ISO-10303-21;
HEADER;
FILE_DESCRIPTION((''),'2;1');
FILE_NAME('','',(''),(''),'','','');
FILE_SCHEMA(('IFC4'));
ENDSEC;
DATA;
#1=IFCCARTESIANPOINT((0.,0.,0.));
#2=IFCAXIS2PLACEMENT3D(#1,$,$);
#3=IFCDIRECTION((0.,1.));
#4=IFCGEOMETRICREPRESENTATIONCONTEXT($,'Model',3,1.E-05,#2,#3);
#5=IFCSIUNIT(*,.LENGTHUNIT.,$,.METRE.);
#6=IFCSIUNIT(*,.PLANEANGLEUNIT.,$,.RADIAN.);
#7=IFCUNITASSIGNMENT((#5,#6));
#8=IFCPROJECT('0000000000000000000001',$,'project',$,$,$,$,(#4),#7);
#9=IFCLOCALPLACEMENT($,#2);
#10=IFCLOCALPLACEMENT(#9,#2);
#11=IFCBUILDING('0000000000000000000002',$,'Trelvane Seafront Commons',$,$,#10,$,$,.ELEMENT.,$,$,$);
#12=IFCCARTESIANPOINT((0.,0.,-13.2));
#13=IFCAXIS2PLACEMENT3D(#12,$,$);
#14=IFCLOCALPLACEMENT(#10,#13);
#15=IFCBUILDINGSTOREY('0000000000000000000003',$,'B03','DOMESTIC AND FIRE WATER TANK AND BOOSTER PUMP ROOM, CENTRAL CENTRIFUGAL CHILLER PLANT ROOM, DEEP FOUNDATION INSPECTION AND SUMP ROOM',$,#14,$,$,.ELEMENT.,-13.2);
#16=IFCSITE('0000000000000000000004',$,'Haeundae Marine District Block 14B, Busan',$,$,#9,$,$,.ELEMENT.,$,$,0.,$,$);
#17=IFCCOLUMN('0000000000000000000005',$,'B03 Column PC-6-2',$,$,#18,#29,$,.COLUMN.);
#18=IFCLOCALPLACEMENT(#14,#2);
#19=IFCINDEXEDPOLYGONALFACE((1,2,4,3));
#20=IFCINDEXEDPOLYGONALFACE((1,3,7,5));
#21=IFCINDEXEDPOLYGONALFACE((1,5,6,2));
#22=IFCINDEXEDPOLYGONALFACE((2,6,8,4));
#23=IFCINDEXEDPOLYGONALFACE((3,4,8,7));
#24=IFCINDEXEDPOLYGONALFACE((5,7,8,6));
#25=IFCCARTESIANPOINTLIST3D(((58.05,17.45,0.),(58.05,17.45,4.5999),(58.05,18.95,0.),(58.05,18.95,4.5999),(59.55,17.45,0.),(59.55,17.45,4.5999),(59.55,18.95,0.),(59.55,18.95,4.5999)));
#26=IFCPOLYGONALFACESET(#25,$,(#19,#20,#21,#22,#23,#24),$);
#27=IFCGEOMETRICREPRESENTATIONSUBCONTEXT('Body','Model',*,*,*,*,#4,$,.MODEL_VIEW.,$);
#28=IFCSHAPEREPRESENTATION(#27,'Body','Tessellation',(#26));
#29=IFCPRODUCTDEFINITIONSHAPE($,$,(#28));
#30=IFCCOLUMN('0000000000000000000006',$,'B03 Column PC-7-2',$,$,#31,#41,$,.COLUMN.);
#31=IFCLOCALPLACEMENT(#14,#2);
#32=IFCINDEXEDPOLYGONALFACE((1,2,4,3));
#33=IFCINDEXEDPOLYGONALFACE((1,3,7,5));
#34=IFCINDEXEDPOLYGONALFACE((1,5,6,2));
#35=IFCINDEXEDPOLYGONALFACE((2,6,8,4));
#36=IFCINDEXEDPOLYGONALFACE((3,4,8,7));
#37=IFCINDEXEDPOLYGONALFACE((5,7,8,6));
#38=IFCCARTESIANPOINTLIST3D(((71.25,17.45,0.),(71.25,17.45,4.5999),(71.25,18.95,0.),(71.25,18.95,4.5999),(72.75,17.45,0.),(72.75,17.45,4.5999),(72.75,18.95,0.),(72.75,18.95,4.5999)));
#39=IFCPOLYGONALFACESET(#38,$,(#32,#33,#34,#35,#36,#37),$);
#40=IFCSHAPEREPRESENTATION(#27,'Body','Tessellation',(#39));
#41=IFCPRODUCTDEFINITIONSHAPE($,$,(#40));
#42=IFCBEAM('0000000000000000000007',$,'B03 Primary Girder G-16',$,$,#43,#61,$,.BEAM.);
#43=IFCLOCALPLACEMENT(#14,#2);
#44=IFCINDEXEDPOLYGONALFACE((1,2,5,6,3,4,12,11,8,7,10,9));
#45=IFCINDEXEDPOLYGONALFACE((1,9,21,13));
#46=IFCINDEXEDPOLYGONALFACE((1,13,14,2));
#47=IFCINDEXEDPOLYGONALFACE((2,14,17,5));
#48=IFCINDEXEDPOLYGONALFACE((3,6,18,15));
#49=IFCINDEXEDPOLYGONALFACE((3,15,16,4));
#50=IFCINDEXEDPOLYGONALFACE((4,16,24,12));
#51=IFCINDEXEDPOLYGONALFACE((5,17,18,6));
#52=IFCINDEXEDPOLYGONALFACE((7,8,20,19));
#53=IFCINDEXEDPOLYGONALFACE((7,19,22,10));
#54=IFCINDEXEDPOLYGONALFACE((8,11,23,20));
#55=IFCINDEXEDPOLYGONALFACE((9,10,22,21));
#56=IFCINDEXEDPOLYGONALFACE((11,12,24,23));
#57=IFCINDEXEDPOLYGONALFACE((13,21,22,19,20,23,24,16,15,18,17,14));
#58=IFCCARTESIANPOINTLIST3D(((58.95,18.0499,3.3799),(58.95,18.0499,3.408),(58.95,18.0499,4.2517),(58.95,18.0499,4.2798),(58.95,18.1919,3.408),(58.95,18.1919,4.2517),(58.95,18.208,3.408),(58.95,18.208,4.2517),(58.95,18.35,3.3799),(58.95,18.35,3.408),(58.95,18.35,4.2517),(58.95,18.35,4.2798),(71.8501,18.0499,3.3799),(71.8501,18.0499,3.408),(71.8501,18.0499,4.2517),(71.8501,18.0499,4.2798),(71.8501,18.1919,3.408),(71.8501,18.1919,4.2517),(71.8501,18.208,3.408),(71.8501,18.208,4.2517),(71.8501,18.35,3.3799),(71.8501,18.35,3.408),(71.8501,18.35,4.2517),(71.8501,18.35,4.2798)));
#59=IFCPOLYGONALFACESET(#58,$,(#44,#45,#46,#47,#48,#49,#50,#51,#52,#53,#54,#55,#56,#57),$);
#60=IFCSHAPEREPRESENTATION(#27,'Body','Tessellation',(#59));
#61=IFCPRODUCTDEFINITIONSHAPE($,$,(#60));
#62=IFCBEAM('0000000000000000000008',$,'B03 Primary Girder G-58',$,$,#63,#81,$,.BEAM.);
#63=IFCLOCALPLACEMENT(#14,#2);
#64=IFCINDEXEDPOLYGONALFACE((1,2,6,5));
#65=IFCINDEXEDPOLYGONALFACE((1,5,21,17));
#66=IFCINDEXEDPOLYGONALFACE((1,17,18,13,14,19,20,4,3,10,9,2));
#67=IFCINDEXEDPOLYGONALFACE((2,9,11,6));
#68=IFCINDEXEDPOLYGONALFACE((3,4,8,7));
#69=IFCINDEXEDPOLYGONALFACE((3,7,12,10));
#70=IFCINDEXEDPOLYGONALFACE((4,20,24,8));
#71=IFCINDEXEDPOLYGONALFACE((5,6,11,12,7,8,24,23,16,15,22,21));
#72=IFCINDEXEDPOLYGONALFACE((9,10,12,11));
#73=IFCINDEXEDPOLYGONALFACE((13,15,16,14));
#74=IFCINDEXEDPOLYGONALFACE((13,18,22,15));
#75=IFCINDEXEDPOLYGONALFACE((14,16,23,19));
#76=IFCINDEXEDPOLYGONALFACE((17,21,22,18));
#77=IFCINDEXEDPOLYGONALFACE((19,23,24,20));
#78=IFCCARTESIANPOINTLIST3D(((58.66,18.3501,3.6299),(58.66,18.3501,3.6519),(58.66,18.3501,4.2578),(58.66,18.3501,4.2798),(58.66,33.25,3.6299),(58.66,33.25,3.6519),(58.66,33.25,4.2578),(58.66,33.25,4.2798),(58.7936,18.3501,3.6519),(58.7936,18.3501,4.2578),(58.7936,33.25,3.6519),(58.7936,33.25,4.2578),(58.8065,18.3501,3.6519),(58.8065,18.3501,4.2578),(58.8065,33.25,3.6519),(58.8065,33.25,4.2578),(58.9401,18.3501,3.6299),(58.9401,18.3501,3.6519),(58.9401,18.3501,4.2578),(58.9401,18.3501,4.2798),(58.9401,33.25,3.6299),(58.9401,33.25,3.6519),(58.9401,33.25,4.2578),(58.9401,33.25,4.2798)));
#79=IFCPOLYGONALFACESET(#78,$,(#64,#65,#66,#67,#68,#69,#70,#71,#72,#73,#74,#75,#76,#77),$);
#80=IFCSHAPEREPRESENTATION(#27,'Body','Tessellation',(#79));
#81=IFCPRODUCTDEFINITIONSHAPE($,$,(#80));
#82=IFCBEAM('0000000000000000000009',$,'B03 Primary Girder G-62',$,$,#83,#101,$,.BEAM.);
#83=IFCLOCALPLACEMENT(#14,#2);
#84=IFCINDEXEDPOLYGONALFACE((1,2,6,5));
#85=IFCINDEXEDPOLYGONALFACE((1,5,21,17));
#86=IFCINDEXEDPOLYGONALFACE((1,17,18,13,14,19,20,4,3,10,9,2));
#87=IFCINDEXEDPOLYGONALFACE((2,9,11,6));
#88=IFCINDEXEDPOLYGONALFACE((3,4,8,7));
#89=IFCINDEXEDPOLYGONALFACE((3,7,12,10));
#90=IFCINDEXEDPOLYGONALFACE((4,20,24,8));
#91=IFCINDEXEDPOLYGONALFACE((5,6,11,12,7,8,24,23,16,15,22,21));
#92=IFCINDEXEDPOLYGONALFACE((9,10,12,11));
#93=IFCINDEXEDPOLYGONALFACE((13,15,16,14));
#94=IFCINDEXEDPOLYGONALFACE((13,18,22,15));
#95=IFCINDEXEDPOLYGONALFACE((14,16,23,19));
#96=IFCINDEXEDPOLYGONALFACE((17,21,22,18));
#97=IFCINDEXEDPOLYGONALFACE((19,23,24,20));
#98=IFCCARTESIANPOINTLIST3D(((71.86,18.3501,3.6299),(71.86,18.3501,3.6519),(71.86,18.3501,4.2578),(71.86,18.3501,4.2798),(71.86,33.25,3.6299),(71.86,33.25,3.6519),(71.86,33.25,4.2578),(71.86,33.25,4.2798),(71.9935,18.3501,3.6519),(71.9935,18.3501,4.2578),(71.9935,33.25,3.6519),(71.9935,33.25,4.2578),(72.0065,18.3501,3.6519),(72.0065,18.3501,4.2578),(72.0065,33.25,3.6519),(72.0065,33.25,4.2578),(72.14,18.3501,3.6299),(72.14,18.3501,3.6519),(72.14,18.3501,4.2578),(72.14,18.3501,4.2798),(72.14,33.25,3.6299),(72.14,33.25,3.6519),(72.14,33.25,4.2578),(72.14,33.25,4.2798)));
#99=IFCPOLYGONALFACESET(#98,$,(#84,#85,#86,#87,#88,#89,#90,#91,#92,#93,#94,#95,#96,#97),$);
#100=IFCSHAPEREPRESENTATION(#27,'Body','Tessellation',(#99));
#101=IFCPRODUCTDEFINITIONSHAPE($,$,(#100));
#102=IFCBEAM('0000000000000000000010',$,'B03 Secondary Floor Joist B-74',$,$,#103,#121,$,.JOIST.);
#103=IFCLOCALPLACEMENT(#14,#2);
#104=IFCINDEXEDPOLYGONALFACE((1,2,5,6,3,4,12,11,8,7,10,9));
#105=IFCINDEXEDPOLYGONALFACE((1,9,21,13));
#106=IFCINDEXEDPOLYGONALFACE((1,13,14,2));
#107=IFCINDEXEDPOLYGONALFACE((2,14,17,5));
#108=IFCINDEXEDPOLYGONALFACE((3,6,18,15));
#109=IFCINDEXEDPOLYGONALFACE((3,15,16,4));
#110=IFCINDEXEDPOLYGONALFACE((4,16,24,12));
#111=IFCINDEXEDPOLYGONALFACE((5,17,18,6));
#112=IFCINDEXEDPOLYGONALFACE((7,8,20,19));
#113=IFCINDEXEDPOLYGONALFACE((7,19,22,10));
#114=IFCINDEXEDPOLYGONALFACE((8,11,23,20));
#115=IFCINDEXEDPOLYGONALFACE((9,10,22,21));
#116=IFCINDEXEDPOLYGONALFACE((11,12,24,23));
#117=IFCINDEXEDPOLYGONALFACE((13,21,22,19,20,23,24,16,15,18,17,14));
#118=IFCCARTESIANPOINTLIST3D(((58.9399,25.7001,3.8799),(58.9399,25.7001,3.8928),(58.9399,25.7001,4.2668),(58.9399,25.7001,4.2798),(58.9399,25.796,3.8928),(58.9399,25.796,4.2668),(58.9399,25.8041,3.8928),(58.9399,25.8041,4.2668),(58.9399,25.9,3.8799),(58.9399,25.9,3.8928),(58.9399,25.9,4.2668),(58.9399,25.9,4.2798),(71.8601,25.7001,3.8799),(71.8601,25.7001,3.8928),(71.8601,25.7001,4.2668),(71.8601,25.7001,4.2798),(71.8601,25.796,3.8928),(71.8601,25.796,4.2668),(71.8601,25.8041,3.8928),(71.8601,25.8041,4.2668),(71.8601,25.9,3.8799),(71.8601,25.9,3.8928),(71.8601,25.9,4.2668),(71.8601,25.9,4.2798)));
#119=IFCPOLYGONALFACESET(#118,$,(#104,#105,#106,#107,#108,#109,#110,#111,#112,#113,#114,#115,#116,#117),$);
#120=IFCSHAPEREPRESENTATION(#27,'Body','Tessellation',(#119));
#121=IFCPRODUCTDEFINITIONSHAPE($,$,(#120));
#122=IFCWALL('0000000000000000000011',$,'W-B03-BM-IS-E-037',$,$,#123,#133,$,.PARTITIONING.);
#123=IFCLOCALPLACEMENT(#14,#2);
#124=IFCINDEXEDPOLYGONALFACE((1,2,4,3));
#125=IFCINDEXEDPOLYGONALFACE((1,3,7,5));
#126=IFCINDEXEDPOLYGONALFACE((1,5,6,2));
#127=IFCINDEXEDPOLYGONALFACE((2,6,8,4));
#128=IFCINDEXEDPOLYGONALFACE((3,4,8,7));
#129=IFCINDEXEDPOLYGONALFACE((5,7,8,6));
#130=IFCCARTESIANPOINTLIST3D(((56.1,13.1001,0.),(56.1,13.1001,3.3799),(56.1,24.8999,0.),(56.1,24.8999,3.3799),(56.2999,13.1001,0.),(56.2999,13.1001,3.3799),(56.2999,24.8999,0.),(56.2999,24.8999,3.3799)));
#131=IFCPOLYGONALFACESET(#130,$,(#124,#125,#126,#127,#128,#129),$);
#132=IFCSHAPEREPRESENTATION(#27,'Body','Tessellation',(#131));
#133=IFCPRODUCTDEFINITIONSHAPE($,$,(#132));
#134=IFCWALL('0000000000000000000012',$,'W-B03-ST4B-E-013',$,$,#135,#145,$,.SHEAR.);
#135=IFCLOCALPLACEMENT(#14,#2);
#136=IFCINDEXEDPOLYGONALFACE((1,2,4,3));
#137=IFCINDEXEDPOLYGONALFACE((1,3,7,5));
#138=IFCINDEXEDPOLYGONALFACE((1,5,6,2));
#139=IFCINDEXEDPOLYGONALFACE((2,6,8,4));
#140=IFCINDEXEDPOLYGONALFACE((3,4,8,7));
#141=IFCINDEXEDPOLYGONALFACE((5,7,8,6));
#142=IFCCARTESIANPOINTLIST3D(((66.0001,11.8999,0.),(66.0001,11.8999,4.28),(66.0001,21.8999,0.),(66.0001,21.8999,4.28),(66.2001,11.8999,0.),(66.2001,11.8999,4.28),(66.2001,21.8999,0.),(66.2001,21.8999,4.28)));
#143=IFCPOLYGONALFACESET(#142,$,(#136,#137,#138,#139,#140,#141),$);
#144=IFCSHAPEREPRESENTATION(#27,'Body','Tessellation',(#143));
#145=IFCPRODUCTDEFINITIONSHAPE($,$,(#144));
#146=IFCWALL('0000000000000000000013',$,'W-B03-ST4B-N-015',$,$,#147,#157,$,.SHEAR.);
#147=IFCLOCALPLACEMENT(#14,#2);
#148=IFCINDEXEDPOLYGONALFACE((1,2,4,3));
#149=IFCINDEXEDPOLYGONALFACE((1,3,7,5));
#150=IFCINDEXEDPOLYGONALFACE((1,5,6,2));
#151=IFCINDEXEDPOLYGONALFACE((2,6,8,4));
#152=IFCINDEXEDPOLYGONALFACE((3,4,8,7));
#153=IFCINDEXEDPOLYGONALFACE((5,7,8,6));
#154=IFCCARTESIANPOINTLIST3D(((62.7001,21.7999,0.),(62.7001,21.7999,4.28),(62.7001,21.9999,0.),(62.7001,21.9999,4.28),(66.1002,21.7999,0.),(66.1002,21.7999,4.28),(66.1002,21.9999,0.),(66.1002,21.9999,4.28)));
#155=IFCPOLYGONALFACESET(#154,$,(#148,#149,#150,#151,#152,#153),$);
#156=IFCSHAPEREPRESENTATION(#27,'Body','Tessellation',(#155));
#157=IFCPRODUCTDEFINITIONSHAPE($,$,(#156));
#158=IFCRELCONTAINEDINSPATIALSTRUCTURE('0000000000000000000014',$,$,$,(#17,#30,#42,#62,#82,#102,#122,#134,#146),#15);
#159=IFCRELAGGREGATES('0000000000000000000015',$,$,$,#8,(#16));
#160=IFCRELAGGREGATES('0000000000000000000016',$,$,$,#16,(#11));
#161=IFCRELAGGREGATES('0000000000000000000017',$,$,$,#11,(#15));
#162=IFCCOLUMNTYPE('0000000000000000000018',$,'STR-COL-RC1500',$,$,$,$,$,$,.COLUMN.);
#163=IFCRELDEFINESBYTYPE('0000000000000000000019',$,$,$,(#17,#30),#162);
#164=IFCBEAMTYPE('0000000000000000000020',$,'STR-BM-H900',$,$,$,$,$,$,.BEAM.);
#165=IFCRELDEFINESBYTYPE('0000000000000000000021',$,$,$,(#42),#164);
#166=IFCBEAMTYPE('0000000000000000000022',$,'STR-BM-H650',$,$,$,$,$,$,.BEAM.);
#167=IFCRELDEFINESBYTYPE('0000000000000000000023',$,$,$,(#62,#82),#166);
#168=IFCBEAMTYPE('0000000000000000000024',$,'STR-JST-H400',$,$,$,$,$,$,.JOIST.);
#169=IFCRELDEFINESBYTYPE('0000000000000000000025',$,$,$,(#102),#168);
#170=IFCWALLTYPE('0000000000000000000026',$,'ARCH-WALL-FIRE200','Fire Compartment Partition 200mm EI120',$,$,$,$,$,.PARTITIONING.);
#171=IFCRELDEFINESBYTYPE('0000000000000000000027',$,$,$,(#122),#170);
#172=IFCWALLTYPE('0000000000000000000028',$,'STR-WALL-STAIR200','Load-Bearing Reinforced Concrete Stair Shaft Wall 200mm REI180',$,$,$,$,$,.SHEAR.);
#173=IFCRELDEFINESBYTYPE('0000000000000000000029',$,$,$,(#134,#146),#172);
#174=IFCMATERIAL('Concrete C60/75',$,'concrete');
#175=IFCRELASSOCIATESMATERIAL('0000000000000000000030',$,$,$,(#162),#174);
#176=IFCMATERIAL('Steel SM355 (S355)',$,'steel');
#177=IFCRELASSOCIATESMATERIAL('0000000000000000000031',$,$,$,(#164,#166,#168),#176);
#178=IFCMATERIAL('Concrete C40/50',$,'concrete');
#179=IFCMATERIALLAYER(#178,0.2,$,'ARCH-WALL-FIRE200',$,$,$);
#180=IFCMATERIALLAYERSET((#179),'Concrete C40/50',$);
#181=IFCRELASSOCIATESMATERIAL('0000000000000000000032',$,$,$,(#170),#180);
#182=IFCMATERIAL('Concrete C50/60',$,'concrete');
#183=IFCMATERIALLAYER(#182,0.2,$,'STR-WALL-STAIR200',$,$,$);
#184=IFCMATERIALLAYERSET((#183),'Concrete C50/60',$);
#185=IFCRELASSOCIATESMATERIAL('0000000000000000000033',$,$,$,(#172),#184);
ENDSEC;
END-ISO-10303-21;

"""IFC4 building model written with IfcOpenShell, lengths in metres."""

from ifc_helpers import new_model, si_unit, direction, frame, frame_2d, origin, origin_2d, place, context, subcontext, project, spatial, rectangle, i_section, extrude, source, transform, mapped, material, layer, layer_set, material_profile, profile_set, type_object, element, save


model = new_model("IFC4")

# Units and contexts
model_context = context("Model", 3, precision=1e-05, world=origin(), true_north=direction((0.0, 1.0)))
body_context = subcontext(model_context, "Body", "Model", "MODEL_VIEW")
ifc_project = project(units=[si_unit("LENGTHUNIT", "METRE"), si_unit("PLANEANGLEUNIT", "RADIAN")], contexts=[model_context])

# Site, building, storey
site_placement = place(None, origin())
site = spatial("IfcSite", under=ifc_project, at=site_placement, Name="Haeundae Marine District Block 14B, Busan", CompositionType="ELEMENT", RefElevation=0.0)
building_placement = place(site_placement, origin())
building = spatial("IfcBuilding", under=site, at=building_placement, Name="Trelvane Seafront Commons", CompositionType="ELEMENT")
storey_placement = place(building_placement, frame((0.0, 0.0, -13.2)))
storey = spatial("IfcBuildingStorey", under=building, at=storey_placement, Name="B03", Description="DOMESTIC AND FIRE WATER TANK AND BOOSTER PUMP ROOM, CENTRAL CENTRIFUGAL CHILLER PLANT ROOM, DEEP FOUNDATION INSPECTION AND SUMP ROOM", CompositionType="ELEMENT", Elevation=-13.2)

# Shared definitions
ifc_material_1 = material(Name="Concrete C50/60", Category="concrete")

# Columns
ifc_material_2 = material(Name="Concrete C60/75", Category="concrete")
ifc_material_profile_1 = material_profile(ifc_material_2, rectangle(XDim=1.5, YDim=1.5, at=origin_2d()), Name="RC-1500x1500")
ifc_profile_set_1 = profile_set([ifc_material_profile_1], Name="Concrete C60/75")
column_type = type_object("IfcColumnType", Name="STR-COL-RC1500", PredefinedType="COLUMN", material=ifc_profile_set_1)
shared_shape_1 = source(origin(), body_context, "Body", "SweptSolid", [
    extrude(rectangle(XDim=1.5, YDim=1.5, at=origin_2d()), origin(), (0.0, 0.0, 1.0), 4.5999),
])
for number, where, z_axis, x_axis, name in (
    (1, (58.8, 18.2, 0.0), (0.0, 0.0, 1.0), (1.0, 0.0, 0.0), "B03 Column PC-6-2"),
    (2, (72.0, 18.2, 0.0), (0.0, 0.0, 1.0), (1.0, 0.0, 0.0), "B03 Column PC-7-2"),
):
    element("IfcColumn", number, at=place(storey_placement, frame(where, z_axis=z_axis, x_axis=x_axis)), inside=storey, type_object=column_type, Name=name, PredefinedType="COLUMN", context=body_context, shape_type="MappedRepresentation", body=[
        mapped(shared_shape_1, transform((0.0, 0.0, 0.0), x_axis=(1.0, 0.0, 0.0), y_axis=(0.0, 1.0, 0.0), z_axis=(0.0, 0.0, 1.0), scale=1.0)),
    ])

# Beams
ifc_material_3 = material(Name="Steel SM355 (S355)", Category="steel")
ifc_material_profile_2 = material_profile(ifc_material_3, i_section(OverallWidth=0.3, OverallDepth=0.8999, WebThickness=0.0161, FlangeThickness=0.0281, at=origin_2d()), Name="H-900x300x16x28")
ifc_profile_set_2 = profile_set([ifc_material_profile_2], Name="Steel SM355 (S355)")
beam_type_1 = type_object("IfcBeamType", Name="STR-BM-H900", PredefinedType="BEAM", material=ifc_profile_set_2)
shared_shape_2 = source(origin(), body_context, "Body", "SweptSolid", [
    extrude(i_section(OverallWidth=0.3, OverallDepth=0.8999, WebThickness=0.0161, FlangeThickness=0.0281, at=origin_2d()), origin(), (0.0, 0.0, 1.0), 12.9001),
])
beam_1_placement = place(storey_placement, frame((58.95, 18.2, 3.8298), z_axis=(1.0, 0.0, 0.0), x_axis=(0.0, 1.0, 0.0)))
element("IfcBeam", 3, at=beam_1_placement, inside=storey, type_object=beam_type_1, Name="B03 Primary Girder G-16", PredefinedType="BEAM", context=body_context, shape_type="MappedRepresentation", body=[
    mapped(shared_shape_2, transform((0.0, 0.0, 0.0), x_axis=(1.0, 0.0, 0.0), y_axis=(0.0, 1.0, 0.0), z_axis=(0.0, 0.0, 1.0), scale=1.0)),
])
ifc_material_profile_3 = material_profile(ifc_material_3, i_section(OverallWidth=0.28, OverallDepth=0.6499, WebThickness=0.0129, FlangeThickness=0.022, at=origin_2d()), Name="H-650x280x13x22")
ifc_profile_set_3 = profile_set([ifc_material_profile_3], Name="Steel SM355 (S355)")
beam_type_2 = type_object("IfcBeamType", Name="STR-BM-H650", PredefinedType="BEAM", material=ifc_profile_set_3)
shared_shape_3 = source(origin(), body_context, "Body", "SweptSolid", [
    extrude(i_section(OverallWidth=0.28, OverallDepth=0.6499, WebThickness=0.0129, FlangeThickness=0.022, at=origin_2d()), origin(), (0.0, 0.0, 1.0), 14.8999),
])
for number, where, z_axis, x_axis, name in (
    (4, (58.8, 18.3501, 3.9548), (0.0, 1.0, 0.0), (-1.0, 0.0, 0.0), "B03 Primary Girder G-58"),
    (5, (72.0, 18.3501, 3.9548), (0.0, 1.0, 0.0), (-1.0, 0.0, 0.0), "B03 Primary Girder G-62"),
):
    element("IfcBeam", number, at=place(storey_placement, frame(where, z_axis=z_axis, x_axis=x_axis)), inside=storey, type_object=beam_type_2, Name=name, PredefinedType="BEAM", context=body_context, shape_type="MappedRepresentation", body=[
        mapped(shared_shape_3, transform((0.0, 0.0, 0.0), x_axis=(1.0, 0.0, 0.0), y_axis=(0.0, 1.0, 0.0), z_axis=(0.0, 0.0, 1.0), scale=1.0)),
    ])
ifc_material_profile_4 = material_profile(ifc_material_3, i_section(OverallWidth=0.2, OverallDepth=0.3999, WebThickness=0.0081, FlangeThickness=0.0129, at=origin_2d()), Name="H-400x200x8x13")
ifc_profile_set_4 = profile_set([ifc_material_profile_4], Name="Steel SM355 (S355)")
beam_type_3 = type_object("IfcBeamType", Name="STR-JST-H400", PredefinedType="JOIST", material=ifc_profile_set_4)
shared_shape_4 = source(origin(), body_context, "Body", "SweptSolid", [
    extrude(i_section(OverallWidth=0.2, OverallDepth=0.3999, WebThickness=0.0081, FlangeThickness=0.0129, at=origin_2d()), origin(), (0.0, 0.0, 1.0), 12.9202),
])
beam_2_placement = place(storey_placement, frame((58.9399, 25.8, 4.0798), z_axis=(1.0, 0.0, 0.0), x_axis=(0.0, 1.0, 0.0)))
element("IfcBeam", 6, at=beam_2_placement, inside=storey, type_object=beam_type_3, Name="B03 Secondary Floor Joist B-74", PredefinedType="JOIST", context=body_context, shape_type="MappedRepresentation", body=[
    mapped(shared_shape_4, transform((0.0, 0.0, 0.0), x_axis=(1.0, 0.0, 0.0), y_axis=(0.0, 1.0, 0.0), z_axis=(0.0, 0.0, 1.0), scale=1.0)),
])

# Walls
ifc_material_4 = material(Name="Concrete C40/50", Category="concrete")
ifc_layer_1 = layer(ifc_material_4, 0.2, Name="ARCH-WALL-FIRE200")
ifc_layer_set_1 = layer_set([ifc_layer_1], Name="Concrete C40/50")
wall_type_1 = type_object("IfcWallType", Name="ARCH-WALL-FIRE200", Description="Fire Compartment Partition 200mm EI120", PredefinedType="PARTITIONING", material=ifc_layer_set_1)
wall_1_placement = place(storey_placement, frame((56.2, 13.1001, 0.0), z_axis=(0.0, 0.0, 1.0), x_axis=(0.0, 1.0, 0.0)))
element("IfcWall", 7, at=wall_1_placement, inside=storey, type_object=wall_type_1, Name="W-B03-BM-IS-E-037", PredefinedType="PARTITIONING", context=body_context, shape_type="SweptSolid", body=[
    extrude(rectangle(XDim=11.7998, YDim=0.2, at=frame_2d((5.8999, 0.0))), origin(), (0.0, 0.0, 1.0), 3.3799),
])
ifc_layer_2 = layer(ifc_material_1, 0.2, Name="STR-WALL-STAIR200")
ifc_layer_set_2 = layer_set([ifc_layer_2], Name="Concrete C50/60")
wall_type_2 = type_object("IfcWallType", Name="STR-WALL-STAIR200", Description="Load-Bearing Reinforced Concrete Stair Shaft Wall 200mm REI180", PredefinedType="SHEAR", material=ifc_layer_set_2)
wall_2_placement = place(storey_placement, frame((66.1001, 11.8999, 0.0), z_axis=(0.0, 0.0, 1.0), x_axis=(0.0, 1.0, 0.0)))
element("IfcWall", 8, at=wall_2_placement, inside=storey, type_object=wall_type_2, Name="W-B03-ST4B-E-013", PredefinedType="SHEAR", context=body_context, shape_type="SweptSolid", body=[
    extrude(rectangle(XDim=10.0, YDim=0.2, at=frame_2d((5.0, 0.0))), origin(), (0.0, 0.0, 1.0), 4.28),
])
wall_3_placement = place(storey_placement, frame((62.7, 21.8999, 0.0), z_axis=(0.0, 0.0, 1.0), x_axis=(1.0, 0.0, 0.0)))
element("IfcWall", 9, at=wall_3_placement, inside=storey, type_object=wall_type_2, Name="W-B03-ST4B-N-015", PredefinedType="SHEAR", context=body_context, shape_type="SweptSolid", body=[
    extrude(rectangle(XDim=3.4001, YDim=0.2, at=frame_2d((1.7002, 0.0))), origin(), (0.0, 0.0, 1.0), 4.28),
])

save(model, "model.ifc")
